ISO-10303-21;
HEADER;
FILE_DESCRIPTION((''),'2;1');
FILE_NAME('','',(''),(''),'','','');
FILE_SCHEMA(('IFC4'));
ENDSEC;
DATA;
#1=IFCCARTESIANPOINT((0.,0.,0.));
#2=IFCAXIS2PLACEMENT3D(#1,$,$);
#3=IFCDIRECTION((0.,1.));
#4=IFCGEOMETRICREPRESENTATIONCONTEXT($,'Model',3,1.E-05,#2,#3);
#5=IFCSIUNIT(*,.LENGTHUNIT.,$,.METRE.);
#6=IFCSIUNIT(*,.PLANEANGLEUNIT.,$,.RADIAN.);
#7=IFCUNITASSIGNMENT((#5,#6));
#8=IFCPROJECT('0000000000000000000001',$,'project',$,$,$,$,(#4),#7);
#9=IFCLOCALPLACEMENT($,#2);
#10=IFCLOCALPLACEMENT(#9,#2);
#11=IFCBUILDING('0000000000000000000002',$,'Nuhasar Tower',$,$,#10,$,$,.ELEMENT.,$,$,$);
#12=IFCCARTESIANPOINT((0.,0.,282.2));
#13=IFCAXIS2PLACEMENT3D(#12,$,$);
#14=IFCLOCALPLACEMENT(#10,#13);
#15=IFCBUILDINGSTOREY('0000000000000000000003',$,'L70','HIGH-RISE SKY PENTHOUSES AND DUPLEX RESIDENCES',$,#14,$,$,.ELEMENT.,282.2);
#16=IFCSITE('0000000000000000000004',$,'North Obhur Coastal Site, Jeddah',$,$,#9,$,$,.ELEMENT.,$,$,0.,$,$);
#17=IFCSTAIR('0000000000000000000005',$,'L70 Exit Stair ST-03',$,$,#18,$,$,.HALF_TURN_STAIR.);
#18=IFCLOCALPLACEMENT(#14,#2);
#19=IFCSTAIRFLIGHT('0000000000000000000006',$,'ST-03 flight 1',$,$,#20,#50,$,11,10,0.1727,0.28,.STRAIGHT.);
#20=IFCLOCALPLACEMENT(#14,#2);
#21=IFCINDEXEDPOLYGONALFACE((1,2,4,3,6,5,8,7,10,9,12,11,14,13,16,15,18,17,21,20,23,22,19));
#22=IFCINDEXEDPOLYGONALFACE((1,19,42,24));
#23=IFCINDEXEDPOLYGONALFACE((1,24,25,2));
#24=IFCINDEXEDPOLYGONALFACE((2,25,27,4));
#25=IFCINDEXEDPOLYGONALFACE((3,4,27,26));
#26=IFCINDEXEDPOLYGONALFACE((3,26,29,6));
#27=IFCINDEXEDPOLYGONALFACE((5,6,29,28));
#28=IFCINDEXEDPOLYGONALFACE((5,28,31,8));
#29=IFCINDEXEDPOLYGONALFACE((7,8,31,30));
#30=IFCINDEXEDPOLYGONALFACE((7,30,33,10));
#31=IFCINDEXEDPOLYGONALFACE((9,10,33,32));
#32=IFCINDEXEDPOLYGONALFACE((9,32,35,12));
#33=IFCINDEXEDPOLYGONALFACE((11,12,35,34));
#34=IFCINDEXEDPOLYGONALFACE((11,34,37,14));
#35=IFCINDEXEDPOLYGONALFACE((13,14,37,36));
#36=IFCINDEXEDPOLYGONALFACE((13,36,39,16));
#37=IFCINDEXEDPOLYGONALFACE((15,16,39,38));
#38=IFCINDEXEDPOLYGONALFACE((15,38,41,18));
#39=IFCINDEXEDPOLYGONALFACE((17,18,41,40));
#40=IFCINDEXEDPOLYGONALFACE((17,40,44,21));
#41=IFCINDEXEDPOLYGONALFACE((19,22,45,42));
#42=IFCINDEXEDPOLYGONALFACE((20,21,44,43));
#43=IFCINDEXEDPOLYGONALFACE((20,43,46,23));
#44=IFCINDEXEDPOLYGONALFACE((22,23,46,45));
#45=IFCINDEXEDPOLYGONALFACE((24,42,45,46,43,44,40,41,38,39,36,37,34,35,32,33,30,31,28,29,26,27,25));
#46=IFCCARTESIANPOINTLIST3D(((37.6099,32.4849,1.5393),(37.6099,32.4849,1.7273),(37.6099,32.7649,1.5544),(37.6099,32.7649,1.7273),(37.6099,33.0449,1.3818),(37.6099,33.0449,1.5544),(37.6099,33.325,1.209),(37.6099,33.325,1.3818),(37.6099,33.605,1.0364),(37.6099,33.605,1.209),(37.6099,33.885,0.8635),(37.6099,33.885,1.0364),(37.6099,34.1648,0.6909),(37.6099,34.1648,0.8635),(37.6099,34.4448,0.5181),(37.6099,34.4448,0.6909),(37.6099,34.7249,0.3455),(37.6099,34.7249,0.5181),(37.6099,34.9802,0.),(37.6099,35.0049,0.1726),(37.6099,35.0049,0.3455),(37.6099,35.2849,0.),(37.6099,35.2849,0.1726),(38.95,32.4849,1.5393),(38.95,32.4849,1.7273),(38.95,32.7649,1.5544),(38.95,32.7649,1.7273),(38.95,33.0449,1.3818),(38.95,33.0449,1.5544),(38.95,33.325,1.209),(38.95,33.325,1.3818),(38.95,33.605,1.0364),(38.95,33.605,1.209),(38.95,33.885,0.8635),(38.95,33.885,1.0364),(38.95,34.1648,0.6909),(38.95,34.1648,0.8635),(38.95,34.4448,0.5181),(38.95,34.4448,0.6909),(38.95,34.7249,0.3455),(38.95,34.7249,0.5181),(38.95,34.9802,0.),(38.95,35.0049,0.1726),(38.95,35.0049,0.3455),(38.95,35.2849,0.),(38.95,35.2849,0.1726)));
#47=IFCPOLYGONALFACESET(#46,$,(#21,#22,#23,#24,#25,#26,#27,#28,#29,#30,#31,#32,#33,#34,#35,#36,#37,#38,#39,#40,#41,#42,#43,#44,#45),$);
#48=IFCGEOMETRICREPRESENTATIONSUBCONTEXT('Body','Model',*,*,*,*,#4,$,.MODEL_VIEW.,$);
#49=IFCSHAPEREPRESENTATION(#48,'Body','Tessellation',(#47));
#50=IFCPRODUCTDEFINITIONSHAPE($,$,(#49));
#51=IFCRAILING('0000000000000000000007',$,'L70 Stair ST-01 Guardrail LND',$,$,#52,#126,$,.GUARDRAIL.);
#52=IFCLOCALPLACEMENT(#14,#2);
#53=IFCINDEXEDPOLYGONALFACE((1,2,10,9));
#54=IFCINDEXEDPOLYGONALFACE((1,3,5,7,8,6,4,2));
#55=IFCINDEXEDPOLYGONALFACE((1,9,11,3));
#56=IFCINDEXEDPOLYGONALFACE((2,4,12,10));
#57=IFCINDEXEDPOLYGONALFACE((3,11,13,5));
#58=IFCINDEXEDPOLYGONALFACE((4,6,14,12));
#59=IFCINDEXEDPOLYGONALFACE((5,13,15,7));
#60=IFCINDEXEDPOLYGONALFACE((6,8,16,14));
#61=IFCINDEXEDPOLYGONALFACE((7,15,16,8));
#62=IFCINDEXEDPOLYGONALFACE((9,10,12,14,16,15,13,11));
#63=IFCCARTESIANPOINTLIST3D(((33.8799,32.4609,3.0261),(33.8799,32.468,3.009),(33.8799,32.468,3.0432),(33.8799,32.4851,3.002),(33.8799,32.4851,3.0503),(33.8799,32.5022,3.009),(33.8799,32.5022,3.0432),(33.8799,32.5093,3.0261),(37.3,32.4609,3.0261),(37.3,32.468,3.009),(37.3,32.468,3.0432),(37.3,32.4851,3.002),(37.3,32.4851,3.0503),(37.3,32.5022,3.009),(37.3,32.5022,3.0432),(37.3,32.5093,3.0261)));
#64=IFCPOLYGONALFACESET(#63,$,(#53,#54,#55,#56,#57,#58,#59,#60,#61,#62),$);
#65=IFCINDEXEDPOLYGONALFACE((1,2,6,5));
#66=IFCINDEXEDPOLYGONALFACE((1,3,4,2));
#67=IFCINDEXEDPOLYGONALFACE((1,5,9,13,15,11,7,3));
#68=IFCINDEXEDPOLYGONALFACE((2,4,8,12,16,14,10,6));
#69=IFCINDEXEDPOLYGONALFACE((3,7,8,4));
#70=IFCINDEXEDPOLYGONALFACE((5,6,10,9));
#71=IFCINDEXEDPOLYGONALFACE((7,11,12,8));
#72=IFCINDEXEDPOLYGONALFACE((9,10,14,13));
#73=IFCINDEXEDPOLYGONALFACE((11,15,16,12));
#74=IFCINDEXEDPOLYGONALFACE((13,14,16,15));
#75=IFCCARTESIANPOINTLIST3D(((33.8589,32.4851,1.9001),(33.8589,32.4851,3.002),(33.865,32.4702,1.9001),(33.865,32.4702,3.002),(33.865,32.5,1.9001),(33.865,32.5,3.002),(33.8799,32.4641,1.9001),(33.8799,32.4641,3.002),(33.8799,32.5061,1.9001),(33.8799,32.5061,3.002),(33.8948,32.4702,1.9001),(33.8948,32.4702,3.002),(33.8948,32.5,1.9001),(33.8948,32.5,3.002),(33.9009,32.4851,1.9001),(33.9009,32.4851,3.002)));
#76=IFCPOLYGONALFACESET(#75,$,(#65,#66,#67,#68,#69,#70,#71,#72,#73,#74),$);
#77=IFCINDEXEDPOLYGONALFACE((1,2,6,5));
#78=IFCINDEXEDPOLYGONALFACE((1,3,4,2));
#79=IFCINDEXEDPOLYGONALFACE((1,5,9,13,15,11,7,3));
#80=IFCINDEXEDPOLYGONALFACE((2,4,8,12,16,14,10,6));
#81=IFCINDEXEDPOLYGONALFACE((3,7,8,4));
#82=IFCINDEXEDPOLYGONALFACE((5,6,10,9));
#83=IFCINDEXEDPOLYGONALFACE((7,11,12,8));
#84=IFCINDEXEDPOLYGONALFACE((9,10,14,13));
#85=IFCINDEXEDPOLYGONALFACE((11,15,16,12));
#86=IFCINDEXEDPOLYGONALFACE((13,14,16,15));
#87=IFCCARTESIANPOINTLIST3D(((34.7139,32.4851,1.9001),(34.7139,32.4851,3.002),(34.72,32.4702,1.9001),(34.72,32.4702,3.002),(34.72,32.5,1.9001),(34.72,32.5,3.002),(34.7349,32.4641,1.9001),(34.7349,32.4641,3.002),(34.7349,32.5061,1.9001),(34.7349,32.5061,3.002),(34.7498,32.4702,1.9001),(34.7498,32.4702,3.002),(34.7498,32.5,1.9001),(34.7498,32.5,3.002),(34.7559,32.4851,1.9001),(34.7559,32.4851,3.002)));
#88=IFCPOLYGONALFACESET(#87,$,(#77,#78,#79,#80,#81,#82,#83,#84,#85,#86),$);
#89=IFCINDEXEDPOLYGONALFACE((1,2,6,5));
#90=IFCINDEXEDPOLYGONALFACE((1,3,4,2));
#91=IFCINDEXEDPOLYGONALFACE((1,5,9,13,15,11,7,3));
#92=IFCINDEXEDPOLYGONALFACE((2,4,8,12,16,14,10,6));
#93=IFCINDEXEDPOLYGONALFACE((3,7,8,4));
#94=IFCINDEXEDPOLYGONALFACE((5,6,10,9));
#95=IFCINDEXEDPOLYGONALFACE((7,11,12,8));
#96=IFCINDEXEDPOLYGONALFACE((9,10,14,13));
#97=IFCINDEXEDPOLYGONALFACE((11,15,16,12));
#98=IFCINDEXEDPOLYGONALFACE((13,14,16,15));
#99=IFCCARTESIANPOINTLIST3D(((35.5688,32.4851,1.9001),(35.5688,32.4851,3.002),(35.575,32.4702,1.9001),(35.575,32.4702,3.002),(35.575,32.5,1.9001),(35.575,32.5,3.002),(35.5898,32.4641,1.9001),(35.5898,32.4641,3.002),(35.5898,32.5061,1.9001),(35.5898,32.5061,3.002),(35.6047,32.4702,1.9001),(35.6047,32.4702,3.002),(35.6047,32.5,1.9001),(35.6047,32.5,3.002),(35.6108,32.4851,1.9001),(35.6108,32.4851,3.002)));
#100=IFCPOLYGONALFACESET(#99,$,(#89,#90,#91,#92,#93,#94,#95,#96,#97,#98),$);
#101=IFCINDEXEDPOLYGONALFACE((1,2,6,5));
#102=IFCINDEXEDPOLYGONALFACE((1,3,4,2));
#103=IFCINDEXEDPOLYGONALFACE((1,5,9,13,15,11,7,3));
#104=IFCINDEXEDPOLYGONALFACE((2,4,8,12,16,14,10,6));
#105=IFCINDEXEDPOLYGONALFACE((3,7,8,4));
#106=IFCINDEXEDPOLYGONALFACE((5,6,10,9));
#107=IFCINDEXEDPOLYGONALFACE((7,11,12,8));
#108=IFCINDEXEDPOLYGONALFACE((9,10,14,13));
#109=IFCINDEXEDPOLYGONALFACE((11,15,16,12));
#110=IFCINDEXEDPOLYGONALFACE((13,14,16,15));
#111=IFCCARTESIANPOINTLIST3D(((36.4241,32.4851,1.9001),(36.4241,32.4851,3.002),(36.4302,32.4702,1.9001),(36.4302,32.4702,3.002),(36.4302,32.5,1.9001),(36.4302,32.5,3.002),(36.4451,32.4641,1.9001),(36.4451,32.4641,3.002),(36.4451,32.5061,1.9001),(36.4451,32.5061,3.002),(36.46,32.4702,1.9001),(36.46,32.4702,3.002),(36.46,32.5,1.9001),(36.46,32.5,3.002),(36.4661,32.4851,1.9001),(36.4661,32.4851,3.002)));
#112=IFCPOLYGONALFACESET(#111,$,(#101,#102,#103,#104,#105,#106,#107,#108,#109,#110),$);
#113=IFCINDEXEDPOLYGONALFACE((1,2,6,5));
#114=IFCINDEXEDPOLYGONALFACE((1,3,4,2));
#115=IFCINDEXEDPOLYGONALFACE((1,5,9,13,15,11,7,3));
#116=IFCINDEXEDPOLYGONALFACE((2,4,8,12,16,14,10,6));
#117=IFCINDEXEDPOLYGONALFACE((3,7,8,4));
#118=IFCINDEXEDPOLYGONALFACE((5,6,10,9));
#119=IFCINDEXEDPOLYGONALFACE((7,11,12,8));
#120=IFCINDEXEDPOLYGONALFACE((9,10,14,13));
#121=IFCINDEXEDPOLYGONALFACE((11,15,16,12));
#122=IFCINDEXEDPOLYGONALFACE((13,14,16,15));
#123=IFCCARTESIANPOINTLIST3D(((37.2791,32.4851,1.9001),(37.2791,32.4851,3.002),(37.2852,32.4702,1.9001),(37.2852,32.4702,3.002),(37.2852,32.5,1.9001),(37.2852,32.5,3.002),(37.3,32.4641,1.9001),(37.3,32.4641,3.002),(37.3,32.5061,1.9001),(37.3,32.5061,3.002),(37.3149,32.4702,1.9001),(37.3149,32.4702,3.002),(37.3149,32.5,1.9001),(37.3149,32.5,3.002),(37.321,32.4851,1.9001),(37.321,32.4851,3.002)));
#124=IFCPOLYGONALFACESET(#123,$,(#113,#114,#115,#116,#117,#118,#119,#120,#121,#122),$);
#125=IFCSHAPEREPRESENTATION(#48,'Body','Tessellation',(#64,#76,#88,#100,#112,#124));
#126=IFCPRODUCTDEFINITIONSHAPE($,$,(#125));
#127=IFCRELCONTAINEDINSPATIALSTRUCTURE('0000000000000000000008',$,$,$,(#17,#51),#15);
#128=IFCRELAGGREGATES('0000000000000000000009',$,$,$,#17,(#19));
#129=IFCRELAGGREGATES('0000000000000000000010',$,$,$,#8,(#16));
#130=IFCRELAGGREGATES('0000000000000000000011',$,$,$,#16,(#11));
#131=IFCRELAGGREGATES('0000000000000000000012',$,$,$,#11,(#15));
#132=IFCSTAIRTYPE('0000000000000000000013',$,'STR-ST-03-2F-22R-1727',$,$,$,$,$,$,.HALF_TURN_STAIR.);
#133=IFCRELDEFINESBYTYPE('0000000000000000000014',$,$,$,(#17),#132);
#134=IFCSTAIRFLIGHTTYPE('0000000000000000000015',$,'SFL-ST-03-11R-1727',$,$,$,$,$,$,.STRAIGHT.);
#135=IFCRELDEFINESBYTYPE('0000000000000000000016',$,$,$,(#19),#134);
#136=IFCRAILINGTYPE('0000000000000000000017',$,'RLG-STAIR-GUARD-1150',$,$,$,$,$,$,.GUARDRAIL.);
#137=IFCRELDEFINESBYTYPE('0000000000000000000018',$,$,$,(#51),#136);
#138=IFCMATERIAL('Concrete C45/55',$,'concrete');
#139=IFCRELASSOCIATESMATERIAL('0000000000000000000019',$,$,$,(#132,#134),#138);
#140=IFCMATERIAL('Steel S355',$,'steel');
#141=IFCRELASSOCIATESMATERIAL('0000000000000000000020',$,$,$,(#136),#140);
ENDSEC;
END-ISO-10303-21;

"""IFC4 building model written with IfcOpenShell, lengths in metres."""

from ifc_helpers import new_model, si_unit, direction, frame, origin, place, context, subcontext, project, spatial, polyline, outline, extrude, material, type_object, element, aggregate, save


model = new_model("IFC4")

# Units and contexts
model_context = context("Model", 3, precision=1e-05, world=origin(), true_north=direction((0.0, 1.0)))
body_context = subcontext(model_context, "Body", "Model", "MODEL_VIEW")
ifc_project = project(units=[si_unit("LENGTHUNIT", "METRE"), si_unit("PLANEANGLEUNIT", "RADIAN")], contexts=[model_context])

# Site, building, storey
site_placement = place(None, origin())
site = spatial("IfcSite", under=ifc_project, at=site_placement, Name="North Obhur Coastal Site, Jeddah", CompositionType="ELEMENT", RefElevation=0.0)
building_placement = place(site_placement, origin())
building = spatial("IfcBuilding", under=site, at=building_placement, Name="Nuhasar Tower", CompositionType="ELEMENT")
storey_placement = place(building_placement, frame((0.0, 0.0, 282.2)))
storey = spatial("IfcBuildingStorey", under=building, at=storey_placement, Name="L70", Description="HIGH-RISE SKY PENTHOUSES AND DUPLEX RESIDENCES", CompositionType="ELEMENT", Elevation=282.2)

# Shared definitions
ifc_material_1 = material(Name="Steel S355", Category="steel")

# Shared definitions
ifc_material_2 = material(Name="Concrete C45/55", Category="concrete")

# Stair, stair flight
stair_type_1 = type_object("IfcStairType", Name="STR-ST-03-2F-22R-1727", PredefinedType="HALF_TURN_STAIR", material=ifc_material_2)
stair_1_placement = place(storey_placement, origin())
stair_1 = element("IfcStair", 1, at=stair_1_placement, inside=storey, type_object=stair_type_1, Name="L70 Exit Stair ST-03", PredefinedType="HALF_TURN_STAIR")
stair_flight_type_1 = type_object("IfcStairFlightType", Name="SFL-ST-03-11R-1727", PredefinedType="STRAIGHT", material=ifc_material_2)
stair_flight_1_placement = place(storey_placement, frame((38.28, 35.2849, 0.0), z_axis=(0.0, 0.0, 1.0), x_axis=(0.0, -1.0, 0.0)))
stair_flight_1 = element("IfcStairFlight", 2, at=stair_flight_1_placement, type_object=stair_flight_type_1, Name="ST-03 flight 1", NumberOfRisers=11, NumberOfTreads=10, PredefinedType="STRAIGHT", RiserHeight=0.1727, TreadLength=0.28, context=body_context, shape_type="SweptSolid", body=[
    extrude(outline(polyline([(0.0, 0.0), (0.0, 0.1726), (0.28, 0.1726), (0.28, 0.3455), (0.5601, 0.3455), (0.5601, 0.5181), (0.8401, 0.5181), (0.8401, 0.6909), (1.1201, 0.6909), (1.1201, 0.8635), (1.3999, 0.8635), (1.3999, 1.0364), (1.6799, 1.0364), (1.6799, 1.209), (1.96, 1.209), (1.96, 1.3818), (2.24, 1.3818), (2.24, 1.5544), (2.52, 1.5544), (2.52, 1.7273), (2.8, 1.7273), (2.8, 1.8999), (2.8, 1.5393), (0.3047, 0.0), (0.0, 0.0)])), frame((0.0, 0.6699, 0.0), z_axis=(0.0, -1.0, 0.0), x_axis=(1.0, 0.0, 0.0)), (0.0, 0.0, 1.0), 1.3401),
])
aggregate(stair_1, [stair_flight_1])

# Railing
railing_type_1 = type_object("IfcRailingType", Name="RLG-STAIR-GUARD-1150", PredefinedType="GUARDRAIL", material=ifc_material_1)
railing_1_placement = place(storey_placement, frame((33.8799, 32.4851, 1.9001)))
element("IfcRailing", 3, at=railing_1_placement, inside=storey, type_object=railing_type_1, Name="L70 Stair ST-01 Guardrail LND", PredefinedType="GUARDRAIL", context=body_context, shape_type="SweptSolid", body=[
    extrude(outline(polyline([(0.0242, 0.0), (0.0171, 0.0171), (0.0, 0.0242), (-0.0171, 0.0171), (-0.0242, 0.0), (-0.0171, -0.0171), (0.0, -0.0242), (0.0171, -0.0171), (0.0242, 0.0)])), frame((0.0, 0.0, 1.126), z_axis=(1.0, 0.0, 0.0), x_axis=(0.0, 1.0, 0.0)), (0.0, 0.0, 1.0), 3.4202),
    extrude(outline(polyline([(0.021, 0.0), (0.0149, 0.0149), (0.0, 0.021), (-0.0149, 0.0149), (-0.021, 0.0), (-0.0149, -0.0149), (0.0, -0.021), (0.0149, -0.0149), (0.021, 0.0)])), origin(), (0.0, 0.0, 1.0), 1.1018),
    extrude(outline(polyline([(0.021, 0.0), (0.0149, 0.0149), (0.0, 0.021), (-0.0149, 0.0149), (-0.021, 0.0), (-0.0149, -0.0149), (0.0, -0.021), (0.0149, -0.0149), (0.021, 0.0)])), frame((0.855, 0.0, 0.0)), (0.0, 0.0, 1.0), 1.1018),
    extrude(outline(polyline([(0.021, 0.0), (0.0149, 0.0149), (0.0, 0.021), (-0.0149, 0.0149), (-0.021, 0.0), (-0.0149, -0.0149), (0.0, -0.021), (0.0149, -0.0149), (0.021, 0.0)])), frame((1.71, 0.0, 0.0)), (0.0, 0.0, 1.0), 1.1018),
    extrude(outline(polyline([(0.021, 0.0), (0.0149, 0.0149), (0.0, 0.021), (-0.0149, 0.0149), (-0.021, 0.0), (-0.0149, -0.0149), (0.0, -0.021), (0.0149, -0.0149), (0.021, 0.0)])), frame((2.5652, 0.0, 0.0)), (0.0, 0.0, 1.0), 1.1018),
    extrude(outline(polyline([(0.021, 0.0), (0.0149, 0.0149), (0.0, 0.021), (-0.0149, 0.0149), (-0.021, 0.0), (-0.0149, -0.0149), (0.0, -0.021), (0.0149, -0.0149), (0.021, 0.0)])), frame((3.4202, 0.0, 0.0)), (0.0, 0.0, 1.0), 1.1018),
])

save(model, "model.ifc")
